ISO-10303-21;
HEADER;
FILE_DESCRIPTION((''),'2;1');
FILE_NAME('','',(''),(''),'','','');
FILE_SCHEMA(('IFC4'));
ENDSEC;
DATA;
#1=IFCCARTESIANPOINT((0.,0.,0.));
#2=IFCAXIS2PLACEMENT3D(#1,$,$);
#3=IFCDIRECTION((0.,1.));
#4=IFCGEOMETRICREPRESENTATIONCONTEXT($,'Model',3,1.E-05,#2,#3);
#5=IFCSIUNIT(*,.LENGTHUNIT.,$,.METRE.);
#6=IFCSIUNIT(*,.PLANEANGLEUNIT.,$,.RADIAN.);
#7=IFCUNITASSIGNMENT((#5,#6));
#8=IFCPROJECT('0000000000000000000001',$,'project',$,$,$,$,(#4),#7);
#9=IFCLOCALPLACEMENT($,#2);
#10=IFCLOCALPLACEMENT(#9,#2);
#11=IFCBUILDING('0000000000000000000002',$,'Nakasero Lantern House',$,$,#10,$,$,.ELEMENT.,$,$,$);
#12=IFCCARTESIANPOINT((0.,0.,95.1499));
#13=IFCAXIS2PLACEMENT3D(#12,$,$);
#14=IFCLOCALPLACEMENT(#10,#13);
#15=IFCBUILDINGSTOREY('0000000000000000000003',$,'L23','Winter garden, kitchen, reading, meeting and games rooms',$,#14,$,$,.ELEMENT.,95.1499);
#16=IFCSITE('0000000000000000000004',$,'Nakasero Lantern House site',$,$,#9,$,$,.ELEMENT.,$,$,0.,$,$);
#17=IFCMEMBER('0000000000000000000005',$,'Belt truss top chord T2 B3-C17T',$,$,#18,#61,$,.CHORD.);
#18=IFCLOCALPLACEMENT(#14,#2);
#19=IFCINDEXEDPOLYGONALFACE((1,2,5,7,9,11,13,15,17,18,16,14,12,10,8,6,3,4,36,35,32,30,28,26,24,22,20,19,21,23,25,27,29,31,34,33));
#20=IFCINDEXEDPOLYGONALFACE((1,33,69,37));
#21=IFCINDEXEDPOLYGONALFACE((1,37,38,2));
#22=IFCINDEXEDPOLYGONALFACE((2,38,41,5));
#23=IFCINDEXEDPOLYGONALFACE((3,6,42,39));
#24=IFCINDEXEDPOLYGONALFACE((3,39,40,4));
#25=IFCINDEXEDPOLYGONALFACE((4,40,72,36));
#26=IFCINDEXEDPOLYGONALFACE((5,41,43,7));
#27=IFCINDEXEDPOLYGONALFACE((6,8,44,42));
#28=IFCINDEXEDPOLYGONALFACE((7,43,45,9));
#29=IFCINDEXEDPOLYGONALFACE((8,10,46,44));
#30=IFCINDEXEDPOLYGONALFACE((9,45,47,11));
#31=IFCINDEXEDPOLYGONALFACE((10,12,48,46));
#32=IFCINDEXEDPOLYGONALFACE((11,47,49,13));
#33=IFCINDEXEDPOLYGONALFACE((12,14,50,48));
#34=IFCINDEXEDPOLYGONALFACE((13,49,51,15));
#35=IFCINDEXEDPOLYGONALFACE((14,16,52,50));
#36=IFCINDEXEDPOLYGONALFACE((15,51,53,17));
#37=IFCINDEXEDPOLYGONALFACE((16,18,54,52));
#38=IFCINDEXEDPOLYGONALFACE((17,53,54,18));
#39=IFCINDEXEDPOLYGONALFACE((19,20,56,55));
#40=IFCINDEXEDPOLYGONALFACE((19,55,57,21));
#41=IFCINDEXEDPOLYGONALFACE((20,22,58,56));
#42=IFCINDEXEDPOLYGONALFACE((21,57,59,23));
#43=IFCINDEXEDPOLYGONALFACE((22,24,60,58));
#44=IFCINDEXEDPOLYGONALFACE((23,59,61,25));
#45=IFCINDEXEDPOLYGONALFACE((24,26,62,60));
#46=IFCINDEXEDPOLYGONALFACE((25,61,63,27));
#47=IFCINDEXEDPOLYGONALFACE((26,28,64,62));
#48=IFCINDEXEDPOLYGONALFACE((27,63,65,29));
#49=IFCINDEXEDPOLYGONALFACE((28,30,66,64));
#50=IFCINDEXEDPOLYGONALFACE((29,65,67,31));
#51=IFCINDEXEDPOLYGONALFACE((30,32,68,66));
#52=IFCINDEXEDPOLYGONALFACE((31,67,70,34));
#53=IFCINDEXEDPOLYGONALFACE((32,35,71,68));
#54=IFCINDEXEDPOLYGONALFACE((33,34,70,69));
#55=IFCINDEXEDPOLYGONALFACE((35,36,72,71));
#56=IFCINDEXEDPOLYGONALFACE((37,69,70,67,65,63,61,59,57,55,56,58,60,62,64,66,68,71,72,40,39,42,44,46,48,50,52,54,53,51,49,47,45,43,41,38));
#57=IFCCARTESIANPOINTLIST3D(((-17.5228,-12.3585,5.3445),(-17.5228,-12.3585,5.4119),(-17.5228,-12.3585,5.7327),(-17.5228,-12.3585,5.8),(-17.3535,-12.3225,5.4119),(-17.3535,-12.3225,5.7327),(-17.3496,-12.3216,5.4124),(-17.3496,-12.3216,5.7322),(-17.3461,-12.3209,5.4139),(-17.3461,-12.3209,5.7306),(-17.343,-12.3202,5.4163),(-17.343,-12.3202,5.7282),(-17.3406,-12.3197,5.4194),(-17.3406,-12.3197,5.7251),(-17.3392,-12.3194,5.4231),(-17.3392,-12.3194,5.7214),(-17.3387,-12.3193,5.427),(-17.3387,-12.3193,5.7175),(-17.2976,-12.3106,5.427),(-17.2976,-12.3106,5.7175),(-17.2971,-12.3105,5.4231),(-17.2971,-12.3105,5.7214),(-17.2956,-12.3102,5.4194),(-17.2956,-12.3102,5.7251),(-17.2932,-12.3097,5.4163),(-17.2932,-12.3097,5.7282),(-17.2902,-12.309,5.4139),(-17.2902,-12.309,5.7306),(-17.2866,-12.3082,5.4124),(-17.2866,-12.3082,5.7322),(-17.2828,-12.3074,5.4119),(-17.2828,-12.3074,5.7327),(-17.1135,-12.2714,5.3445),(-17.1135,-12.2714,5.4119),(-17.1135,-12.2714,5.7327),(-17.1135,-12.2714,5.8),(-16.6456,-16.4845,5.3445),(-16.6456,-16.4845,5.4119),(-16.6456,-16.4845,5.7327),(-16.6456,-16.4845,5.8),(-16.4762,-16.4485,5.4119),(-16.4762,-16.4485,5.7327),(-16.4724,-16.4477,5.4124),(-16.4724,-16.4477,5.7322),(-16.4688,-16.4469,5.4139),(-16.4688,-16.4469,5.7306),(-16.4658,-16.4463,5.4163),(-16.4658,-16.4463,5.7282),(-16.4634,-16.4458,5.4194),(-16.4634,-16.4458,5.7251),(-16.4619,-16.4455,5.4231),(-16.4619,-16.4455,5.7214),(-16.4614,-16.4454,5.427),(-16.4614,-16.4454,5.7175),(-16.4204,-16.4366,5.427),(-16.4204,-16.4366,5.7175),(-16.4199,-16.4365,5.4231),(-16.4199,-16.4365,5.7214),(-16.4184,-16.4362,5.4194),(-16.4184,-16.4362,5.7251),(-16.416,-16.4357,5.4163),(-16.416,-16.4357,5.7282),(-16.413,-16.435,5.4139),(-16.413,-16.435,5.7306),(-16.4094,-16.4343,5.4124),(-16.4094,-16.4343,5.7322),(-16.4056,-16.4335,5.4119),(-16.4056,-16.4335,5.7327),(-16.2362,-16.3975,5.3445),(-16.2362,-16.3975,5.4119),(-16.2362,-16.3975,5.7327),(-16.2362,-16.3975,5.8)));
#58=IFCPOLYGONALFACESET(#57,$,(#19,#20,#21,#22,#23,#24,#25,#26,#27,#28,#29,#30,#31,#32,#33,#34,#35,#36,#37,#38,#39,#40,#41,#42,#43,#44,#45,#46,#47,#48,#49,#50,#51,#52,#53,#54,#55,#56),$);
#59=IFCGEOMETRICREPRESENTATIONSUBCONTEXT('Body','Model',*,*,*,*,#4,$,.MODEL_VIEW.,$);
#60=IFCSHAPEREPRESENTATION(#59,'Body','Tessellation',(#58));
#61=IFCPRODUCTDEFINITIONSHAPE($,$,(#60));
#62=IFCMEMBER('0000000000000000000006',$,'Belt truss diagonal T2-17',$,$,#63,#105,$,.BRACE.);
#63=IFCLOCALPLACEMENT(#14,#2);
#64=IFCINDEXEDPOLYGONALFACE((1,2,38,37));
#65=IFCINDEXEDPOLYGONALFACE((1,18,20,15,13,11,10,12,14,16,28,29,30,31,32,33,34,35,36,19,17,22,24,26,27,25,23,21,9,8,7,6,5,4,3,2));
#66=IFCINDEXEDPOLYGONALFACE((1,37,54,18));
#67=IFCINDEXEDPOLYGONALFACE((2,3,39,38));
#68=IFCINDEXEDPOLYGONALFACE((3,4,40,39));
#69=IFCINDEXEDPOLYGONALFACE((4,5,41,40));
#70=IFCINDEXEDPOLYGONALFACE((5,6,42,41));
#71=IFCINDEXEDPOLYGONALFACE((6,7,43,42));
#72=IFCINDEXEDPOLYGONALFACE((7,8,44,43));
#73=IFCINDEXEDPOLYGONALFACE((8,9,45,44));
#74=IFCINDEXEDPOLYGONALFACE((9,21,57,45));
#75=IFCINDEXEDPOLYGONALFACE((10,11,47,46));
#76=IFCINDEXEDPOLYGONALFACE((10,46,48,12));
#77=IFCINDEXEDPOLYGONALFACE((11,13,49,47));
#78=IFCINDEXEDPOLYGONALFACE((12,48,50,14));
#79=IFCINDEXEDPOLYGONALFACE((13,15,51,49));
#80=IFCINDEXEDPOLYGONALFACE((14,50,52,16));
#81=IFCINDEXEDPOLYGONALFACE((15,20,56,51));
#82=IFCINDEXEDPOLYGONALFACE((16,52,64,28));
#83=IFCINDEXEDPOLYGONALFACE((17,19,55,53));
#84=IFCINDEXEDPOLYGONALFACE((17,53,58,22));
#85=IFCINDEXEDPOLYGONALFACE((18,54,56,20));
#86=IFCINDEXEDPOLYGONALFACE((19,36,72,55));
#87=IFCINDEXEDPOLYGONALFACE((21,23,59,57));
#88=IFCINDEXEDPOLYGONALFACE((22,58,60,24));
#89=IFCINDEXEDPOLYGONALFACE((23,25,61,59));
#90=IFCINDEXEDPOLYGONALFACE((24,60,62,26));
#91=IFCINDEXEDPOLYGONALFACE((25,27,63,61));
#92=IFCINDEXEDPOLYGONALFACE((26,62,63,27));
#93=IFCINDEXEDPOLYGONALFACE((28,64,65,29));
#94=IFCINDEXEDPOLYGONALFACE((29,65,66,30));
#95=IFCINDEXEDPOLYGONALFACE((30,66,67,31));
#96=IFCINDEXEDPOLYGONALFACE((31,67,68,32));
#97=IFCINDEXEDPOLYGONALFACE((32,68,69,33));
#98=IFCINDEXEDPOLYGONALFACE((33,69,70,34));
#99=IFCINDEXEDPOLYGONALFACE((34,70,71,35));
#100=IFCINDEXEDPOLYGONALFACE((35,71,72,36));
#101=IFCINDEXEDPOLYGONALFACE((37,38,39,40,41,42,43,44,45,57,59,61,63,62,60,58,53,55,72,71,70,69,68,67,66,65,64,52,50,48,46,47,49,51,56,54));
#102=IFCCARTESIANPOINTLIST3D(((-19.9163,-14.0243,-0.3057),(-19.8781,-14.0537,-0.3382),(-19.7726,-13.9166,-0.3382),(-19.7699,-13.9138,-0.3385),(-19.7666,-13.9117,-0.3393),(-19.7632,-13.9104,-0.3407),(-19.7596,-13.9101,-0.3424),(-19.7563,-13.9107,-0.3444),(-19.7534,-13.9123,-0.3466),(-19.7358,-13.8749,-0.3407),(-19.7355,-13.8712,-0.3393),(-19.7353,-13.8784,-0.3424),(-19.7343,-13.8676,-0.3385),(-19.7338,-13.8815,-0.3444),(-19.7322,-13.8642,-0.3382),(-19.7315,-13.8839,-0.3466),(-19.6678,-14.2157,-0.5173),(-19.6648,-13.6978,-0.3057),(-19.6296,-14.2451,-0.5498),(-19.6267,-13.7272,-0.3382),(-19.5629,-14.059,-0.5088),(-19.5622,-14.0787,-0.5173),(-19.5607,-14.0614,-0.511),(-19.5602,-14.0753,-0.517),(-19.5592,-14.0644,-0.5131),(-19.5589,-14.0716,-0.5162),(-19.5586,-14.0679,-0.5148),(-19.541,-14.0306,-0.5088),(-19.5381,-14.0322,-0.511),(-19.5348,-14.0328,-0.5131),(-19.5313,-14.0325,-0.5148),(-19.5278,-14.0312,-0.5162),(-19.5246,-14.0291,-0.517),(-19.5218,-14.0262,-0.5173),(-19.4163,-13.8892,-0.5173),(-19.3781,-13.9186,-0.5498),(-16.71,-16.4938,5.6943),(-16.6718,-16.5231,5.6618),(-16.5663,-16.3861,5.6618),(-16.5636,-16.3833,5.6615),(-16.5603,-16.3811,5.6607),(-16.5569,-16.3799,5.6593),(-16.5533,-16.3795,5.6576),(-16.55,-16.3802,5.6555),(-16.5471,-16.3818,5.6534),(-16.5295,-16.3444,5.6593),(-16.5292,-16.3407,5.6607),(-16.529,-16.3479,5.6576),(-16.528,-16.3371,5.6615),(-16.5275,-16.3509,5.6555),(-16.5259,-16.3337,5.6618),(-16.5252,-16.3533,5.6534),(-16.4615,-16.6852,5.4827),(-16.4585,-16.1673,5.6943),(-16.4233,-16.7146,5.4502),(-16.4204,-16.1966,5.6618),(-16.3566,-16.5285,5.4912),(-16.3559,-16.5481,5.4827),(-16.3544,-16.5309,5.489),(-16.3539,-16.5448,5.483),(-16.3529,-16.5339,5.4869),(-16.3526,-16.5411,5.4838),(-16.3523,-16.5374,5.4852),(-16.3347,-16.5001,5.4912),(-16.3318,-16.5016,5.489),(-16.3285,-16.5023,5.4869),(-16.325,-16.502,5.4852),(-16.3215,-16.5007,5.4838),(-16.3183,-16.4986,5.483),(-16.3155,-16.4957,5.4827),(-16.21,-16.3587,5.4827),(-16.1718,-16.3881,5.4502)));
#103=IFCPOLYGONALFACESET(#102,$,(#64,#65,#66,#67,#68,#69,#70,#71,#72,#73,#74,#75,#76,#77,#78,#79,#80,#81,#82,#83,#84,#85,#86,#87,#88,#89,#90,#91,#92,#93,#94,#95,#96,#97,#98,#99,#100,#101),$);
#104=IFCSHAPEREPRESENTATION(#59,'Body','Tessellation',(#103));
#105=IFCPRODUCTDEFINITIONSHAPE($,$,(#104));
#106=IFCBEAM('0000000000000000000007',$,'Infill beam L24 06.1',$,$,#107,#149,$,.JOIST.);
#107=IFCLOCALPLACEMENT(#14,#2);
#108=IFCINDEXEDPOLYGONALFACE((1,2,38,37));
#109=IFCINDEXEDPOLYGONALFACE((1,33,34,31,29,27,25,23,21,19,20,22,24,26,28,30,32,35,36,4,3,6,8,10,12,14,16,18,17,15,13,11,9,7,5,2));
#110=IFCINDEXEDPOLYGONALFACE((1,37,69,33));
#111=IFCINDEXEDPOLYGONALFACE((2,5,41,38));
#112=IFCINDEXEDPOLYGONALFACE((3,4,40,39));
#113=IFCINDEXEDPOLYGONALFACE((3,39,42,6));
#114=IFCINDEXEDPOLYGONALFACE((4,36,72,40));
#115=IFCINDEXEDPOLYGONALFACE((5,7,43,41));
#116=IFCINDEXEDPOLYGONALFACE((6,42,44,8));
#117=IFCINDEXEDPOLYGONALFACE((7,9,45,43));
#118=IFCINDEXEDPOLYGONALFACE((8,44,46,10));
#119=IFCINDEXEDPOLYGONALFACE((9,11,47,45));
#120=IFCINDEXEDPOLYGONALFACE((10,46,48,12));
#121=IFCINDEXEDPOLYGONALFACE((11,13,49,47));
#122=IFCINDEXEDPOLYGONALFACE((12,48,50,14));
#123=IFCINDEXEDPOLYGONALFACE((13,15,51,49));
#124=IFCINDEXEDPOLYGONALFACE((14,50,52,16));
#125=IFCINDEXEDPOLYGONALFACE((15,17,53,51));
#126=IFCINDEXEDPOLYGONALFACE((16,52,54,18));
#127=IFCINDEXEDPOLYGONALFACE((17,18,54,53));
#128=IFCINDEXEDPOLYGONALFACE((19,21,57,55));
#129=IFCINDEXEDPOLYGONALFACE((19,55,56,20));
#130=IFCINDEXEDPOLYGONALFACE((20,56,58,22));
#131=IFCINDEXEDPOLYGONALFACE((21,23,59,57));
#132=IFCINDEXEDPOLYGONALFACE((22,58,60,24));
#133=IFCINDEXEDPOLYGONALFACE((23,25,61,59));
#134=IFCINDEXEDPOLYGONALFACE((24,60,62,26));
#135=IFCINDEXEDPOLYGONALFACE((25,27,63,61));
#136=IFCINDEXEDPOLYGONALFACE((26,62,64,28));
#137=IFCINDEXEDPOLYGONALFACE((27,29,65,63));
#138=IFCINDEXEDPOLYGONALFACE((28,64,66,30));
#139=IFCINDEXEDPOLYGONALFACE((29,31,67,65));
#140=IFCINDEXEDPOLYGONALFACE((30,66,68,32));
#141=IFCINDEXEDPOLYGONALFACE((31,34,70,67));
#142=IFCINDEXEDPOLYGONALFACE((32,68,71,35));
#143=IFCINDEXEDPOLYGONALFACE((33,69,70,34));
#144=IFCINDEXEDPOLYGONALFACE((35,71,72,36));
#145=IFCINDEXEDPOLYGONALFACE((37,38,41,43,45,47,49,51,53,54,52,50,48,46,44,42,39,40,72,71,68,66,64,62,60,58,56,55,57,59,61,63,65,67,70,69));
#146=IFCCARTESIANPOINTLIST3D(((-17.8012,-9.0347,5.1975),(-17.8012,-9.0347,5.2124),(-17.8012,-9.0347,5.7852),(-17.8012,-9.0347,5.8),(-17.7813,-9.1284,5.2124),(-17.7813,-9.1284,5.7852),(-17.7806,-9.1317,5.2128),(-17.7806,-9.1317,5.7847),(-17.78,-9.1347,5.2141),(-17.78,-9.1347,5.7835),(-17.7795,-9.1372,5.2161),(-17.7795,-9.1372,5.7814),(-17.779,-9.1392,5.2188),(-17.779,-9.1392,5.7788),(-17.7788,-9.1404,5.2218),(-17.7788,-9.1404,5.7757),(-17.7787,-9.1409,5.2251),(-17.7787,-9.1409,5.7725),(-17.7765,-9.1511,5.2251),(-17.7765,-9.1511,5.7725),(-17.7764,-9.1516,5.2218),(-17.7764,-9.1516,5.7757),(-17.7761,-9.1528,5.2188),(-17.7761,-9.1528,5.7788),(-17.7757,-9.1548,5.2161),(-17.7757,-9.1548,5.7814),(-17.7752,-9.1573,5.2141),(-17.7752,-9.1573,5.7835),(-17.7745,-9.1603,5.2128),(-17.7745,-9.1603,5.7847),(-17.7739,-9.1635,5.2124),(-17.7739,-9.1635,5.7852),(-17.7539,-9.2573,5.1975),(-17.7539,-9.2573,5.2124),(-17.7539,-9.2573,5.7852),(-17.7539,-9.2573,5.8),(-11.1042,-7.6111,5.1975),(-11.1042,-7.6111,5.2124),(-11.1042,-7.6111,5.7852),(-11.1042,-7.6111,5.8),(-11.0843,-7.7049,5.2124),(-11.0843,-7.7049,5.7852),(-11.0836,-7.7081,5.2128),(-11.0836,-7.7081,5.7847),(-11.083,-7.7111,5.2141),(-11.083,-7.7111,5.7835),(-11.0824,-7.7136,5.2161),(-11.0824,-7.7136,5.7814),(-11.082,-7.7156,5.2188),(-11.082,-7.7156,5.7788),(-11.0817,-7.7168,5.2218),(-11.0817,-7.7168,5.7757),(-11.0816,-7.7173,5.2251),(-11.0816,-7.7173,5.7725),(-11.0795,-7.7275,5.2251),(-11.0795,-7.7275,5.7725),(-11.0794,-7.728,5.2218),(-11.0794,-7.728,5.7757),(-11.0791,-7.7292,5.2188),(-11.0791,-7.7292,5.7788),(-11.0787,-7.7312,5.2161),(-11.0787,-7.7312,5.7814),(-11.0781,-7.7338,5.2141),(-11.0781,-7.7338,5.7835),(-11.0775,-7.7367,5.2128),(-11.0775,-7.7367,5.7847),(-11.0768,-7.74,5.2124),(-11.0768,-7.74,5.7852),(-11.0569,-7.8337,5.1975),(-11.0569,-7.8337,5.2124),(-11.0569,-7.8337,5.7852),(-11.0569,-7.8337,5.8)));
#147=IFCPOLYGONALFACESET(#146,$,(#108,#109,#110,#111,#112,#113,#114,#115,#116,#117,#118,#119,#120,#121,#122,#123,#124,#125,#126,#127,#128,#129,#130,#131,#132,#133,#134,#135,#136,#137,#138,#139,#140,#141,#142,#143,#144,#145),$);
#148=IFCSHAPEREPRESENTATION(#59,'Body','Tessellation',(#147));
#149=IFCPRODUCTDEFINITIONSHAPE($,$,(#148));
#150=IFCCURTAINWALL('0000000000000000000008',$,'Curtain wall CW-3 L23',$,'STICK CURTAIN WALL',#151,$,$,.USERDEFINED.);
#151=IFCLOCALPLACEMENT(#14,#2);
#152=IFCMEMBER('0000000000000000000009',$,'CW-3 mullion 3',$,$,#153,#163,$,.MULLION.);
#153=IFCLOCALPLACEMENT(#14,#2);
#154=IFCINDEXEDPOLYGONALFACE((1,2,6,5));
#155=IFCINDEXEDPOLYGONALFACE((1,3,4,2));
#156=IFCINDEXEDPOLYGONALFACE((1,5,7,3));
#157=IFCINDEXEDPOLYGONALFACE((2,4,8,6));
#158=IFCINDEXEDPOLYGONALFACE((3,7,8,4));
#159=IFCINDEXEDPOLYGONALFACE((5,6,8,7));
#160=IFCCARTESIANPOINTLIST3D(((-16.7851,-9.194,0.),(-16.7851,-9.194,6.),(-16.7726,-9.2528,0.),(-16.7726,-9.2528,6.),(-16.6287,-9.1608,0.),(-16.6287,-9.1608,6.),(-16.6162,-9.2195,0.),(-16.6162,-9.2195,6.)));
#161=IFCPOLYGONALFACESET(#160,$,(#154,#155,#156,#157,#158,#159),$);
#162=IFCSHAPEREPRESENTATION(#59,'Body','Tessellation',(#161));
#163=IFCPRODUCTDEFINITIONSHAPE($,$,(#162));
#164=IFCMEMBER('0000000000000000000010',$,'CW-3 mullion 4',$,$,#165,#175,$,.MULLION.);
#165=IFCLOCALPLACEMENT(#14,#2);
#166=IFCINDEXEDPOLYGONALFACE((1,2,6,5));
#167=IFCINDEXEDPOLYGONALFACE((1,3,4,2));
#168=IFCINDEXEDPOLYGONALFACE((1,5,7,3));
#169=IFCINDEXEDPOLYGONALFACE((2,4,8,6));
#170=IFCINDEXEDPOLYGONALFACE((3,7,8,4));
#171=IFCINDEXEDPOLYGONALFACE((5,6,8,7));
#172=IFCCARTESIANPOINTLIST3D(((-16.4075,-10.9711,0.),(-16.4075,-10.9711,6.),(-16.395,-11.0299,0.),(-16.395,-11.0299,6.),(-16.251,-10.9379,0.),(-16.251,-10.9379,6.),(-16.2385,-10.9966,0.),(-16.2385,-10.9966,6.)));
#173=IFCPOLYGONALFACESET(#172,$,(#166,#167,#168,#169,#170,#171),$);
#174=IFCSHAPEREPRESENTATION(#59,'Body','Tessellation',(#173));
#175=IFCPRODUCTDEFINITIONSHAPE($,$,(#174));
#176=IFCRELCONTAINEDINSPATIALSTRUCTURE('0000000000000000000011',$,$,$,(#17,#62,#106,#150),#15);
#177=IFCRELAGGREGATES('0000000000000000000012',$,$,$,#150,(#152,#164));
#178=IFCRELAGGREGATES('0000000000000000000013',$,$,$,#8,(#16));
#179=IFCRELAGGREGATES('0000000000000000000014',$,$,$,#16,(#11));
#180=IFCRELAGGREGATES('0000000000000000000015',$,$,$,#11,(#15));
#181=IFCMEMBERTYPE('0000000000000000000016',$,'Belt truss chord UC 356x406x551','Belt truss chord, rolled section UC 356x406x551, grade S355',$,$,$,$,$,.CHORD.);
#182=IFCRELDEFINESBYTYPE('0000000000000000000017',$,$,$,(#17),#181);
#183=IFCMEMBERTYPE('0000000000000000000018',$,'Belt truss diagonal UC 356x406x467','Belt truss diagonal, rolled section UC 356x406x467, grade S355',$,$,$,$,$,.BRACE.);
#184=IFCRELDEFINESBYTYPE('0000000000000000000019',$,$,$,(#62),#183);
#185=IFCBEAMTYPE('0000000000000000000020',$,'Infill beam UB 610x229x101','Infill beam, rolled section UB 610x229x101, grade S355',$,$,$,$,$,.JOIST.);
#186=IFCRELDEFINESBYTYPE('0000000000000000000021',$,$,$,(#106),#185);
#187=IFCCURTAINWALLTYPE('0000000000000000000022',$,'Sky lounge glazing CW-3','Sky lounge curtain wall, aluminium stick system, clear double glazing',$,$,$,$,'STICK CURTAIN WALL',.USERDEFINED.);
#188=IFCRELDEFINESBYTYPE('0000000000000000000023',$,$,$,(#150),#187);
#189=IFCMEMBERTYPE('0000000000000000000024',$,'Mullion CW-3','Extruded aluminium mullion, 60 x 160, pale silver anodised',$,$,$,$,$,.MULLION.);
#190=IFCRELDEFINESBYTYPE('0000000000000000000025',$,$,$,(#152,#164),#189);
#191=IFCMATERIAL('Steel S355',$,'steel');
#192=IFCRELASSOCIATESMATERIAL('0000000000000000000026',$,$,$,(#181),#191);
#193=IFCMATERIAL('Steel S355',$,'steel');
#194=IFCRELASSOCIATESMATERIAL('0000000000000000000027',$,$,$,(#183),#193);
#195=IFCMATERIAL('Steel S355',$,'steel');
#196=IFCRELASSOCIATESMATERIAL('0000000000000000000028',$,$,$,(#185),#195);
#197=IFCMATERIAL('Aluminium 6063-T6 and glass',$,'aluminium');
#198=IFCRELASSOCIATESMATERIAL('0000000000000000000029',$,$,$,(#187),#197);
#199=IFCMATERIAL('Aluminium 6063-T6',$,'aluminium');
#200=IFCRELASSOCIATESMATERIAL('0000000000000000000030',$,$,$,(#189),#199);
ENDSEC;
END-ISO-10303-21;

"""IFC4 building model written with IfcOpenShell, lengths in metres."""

from ifc_helpers import new_model, si_unit, direction, frame, origin, origin_2d, place, context, subcontext, project, spatial, rectangle, i_section, extrude, material, material_profile, profile_set, type_object, element, aggregate, save


model = new_model("IFC4")

# Units and contexts
model_context = context("Model", 3, precision=1e-05, world=origin(), true_north=direction((0.0, 1.0)))
body_context = subcontext(model_context, "Body", "Model", "MODEL_VIEW")
ifc_project = project(units=[si_unit("LENGTHUNIT", "METRE"), si_unit("PLANEANGLEUNIT", "RADIAN")], contexts=[model_context])

# Site, building, storey
site_placement = place(None, origin())
site = spatial("IfcSite", under=ifc_project, at=site_placement, Name="Nakasero Lantern House site", CompositionType="ELEMENT", RefElevation=0.0)
building_placement = place(site_placement, origin())
building = spatial("IfcBuilding", under=site, at=building_placement, Name="Nakasero Lantern House", CompositionType="ELEMENT")
storey_placement = place(building_placement, frame((0.0, 0.0, 95.1499)))
storey = spatial("IfcBuildingStorey", under=building, at=storey_placement, Name="L23", Description="Winter garden, kitchen, reading, meeting and games rooms", CompositionType="ELEMENT", Elevation=95.1499)

# Members
ifc_material_1 = material(Name="Steel S355", Category="steel")
ifc_material_profile_1 = material_profile(ifc_material_1, i_section(OverallWidth=0.4185, OverallDepth=0.4556, WebThickness=0.042, FlangeThickness=0.0674, FilletRadius=0.0151, at=origin_2d()), Name="UC 356x406x551")
ifc_profile_set_1 = profile_set([ifc_material_profile_1], Name="Steel S355")
member_type_1 = type_object("IfcMemberType", Name="Belt truss chord UC 356x406x551", Description="Belt truss chord, rolled section UC 356x406x551, grade S355", PredefinedType="CHORD", material=ifc_profile_set_1)
member_1_placement = place(storey_placement, frame((-17.3181, -12.3149, 5.5723), z_axis=(0.207956, -0.978138, 0.0), x_axis=(0.978138, 0.207956, 0.0)))
element("IfcMember", 1, at=member_1_placement, inside=storey, type_object=member_type_1, Name="Belt truss top chord T2 B3-C17T", PredefinedType="CHORD", context=body_context, shape_type="SweptSolid", body=[
    extrude(i_section(OverallWidth=0.4185, OverallDepth=0.4556, WebThickness=0.042, FlangeThickness=0.0674, FilletRadius=0.0151, at=origin_2d()), origin(), (0.0, 0.0, 1.0), 4.2183),
])
ifc_material_2 = material(Name="Steel S355", Category="steel")
ifc_material_profile_2 = material_profile(ifc_material_2, i_section(OverallWidth=0.4121, OverallDepth=0.4365, WebThickness=0.0359, FlangeThickness=0.0581, FilletRadius=0.0151, at=origin_2d()), Name="UC 356x406x467")
ifc_profile_set_2 = profile_set([ifc_material_profile_2], Name="Steel S355")
member_type_2 = type_object("IfcMemberType", Name="Belt truss diagonal UC 356x406x467", Description="Belt truss diagonal, rolled section UC 356x406x467, grade S355", PredefinedType="BRACE", material=ifc_profile_set_2)
member_2_placement = place(storey_placement, frame((-19.6472, -13.9714, -0.4277), z_axis=(0.443023, -0.341215, 0.829037), x_axis=(0.610192, 0.792254, 0.0)))
element("IfcMember", 2, at=member_2_placement, inside=storey, type_object=member_type_2, Name="Belt truss diagonal T2-17", PredefinedType="BRACE", context=body_context, shape_type="SweptSolid", body=[
    extrude(i_section(OverallWidth=0.4121, OverallDepth=0.4365, WebThickness=0.0359, FlangeThickness=0.0581, FilletRadius=0.0151, at=origin_2d()), origin(), (0.0, 0.0, 1.0), 7.2373),
])

# Beam
ifc_material_3 = material(Name="Steel S355", Category="steel")
ifc_material_profile_3 = material_profile(ifc_material_3, i_section(OverallWidth=0.2275, OverallDepth=0.6025, WebThickness=0.0105, FlangeThickness=0.0149, FilletRadius=0.0127, at=origin_2d()), Name="UB 610x229x101")
ifc_profile_set_3 = profile_set([ifc_material_profile_3], Name="Steel S355")
beam_type_1 = type_object("IfcBeamType", Name="Infill beam UB 610x229x101", Description="Infill beam, rolled section UB 610x229x101, grade S355", PredefinedType="JOIST", material=ifc_profile_set_3)
beam_1_placement = place(storey_placement, frame((-17.7776, -9.146, 5.4988), z_axis=(0.978145, 0.207924, 0.0), x_axis=(-0.207924, 0.978145, 0.0)))
element("IfcBeam", 3, at=beam_1_placement, inside=storey, type_object=beam_type_1, Name="Infill beam L24 06.1", PredefinedType="JOIST", context=body_context, shape_type="SweptSolid", body=[
    extrude(i_section(OverallWidth=0.2275, OverallDepth=0.6025, WebThickness=0.0105, FlangeThickness=0.0149, FilletRadius=0.0127, at=origin_2d()), origin(), (0.0, 0.0, 1.0), 6.8467),
])

# Curtain wall, members
ifc_material_4 = material(Name="Aluminium 6063-T6 and glass", Category="aluminium")
curtain_wall_type = type_object("IfcCurtainWallType", Name="Sky lounge glazing CW-3", Description="Sky lounge curtain wall, aluminium stick system, clear double glazing", ElementType="STICK CURTAIN WALL", PredefinedType="USERDEFINED", material=ifc_material_4)
curtain_wall_placement = place(storey_placement, origin())
curtain_wall = element("IfcCurtainWall", 4, at=curtain_wall_placement, inside=storey, type_object=curtain_wall_type, Name="Curtain wall CW-3 L23", ObjectType="STICK CURTAIN WALL", PredefinedType="USERDEFINED")
ifc_material_5 = material(Name="Aluminium 6063-T6", Category="aluminium")
ifc_material_profile_4 = material_profile(ifc_material_5, rectangle(XDim=0.0601, YDim=0.1599, at=origin_2d()), Name="CW-3 mullion 60x160")
ifc_profile_set_4 = profile_set([ifc_material_profile_4], Name="Aluminium 6063-T6")
member_type_3 = type_object("IfcMemberType", Name="Mullion CW-3", Description="Extruded aluminium mullion, 60 x 160, pale silver anodised", PredefinedType="MULLION", material=ifc_profile_set_4)
member_3_placement = place(storey_placement, frame((-16.7007, -9.2068, 0.0), z_axis=(0.0, 0.0, 1.0), x_axis=(0.207912, -0.978148, 0.0)))
member_3 = element("IfcMember", 5, at=member_3_placement, type_object=member_type_3, Name="CW-3 mullion 3", PredefinedType="MULLION", context=body_context, shape_type="SweptSolid", body=[
    extrude(rectangle(XDim=0.0601, YDim=0.1599, at=origin_2d()), origin(), (0.0, 0.0, 1.0), 6.0),
])
member_4_placement = place(storey_placement, frame((-16.323, -10.9839, 0.0), z_axis=(0.0, 0.0, 1.0), x_axis=(0.207912, -0.978148, 0.0)))
member_4 = element("IfcMember", 6, at=member_4_placement, type_object=member_type_3, Name="CW-3 mullion 4", PredefinedType="MULLION", context=body_context, shape_type="SweptSolid", body=[
    extrude(rectangle(XDim=0.0601, YDim=0.1599, at=origin_2d()), origin(), (0.0, 0.0, 1.0), 6.0),
])

aggregate(curtain_wall, [member_3, member_4])

save(model, "model.ifc")
